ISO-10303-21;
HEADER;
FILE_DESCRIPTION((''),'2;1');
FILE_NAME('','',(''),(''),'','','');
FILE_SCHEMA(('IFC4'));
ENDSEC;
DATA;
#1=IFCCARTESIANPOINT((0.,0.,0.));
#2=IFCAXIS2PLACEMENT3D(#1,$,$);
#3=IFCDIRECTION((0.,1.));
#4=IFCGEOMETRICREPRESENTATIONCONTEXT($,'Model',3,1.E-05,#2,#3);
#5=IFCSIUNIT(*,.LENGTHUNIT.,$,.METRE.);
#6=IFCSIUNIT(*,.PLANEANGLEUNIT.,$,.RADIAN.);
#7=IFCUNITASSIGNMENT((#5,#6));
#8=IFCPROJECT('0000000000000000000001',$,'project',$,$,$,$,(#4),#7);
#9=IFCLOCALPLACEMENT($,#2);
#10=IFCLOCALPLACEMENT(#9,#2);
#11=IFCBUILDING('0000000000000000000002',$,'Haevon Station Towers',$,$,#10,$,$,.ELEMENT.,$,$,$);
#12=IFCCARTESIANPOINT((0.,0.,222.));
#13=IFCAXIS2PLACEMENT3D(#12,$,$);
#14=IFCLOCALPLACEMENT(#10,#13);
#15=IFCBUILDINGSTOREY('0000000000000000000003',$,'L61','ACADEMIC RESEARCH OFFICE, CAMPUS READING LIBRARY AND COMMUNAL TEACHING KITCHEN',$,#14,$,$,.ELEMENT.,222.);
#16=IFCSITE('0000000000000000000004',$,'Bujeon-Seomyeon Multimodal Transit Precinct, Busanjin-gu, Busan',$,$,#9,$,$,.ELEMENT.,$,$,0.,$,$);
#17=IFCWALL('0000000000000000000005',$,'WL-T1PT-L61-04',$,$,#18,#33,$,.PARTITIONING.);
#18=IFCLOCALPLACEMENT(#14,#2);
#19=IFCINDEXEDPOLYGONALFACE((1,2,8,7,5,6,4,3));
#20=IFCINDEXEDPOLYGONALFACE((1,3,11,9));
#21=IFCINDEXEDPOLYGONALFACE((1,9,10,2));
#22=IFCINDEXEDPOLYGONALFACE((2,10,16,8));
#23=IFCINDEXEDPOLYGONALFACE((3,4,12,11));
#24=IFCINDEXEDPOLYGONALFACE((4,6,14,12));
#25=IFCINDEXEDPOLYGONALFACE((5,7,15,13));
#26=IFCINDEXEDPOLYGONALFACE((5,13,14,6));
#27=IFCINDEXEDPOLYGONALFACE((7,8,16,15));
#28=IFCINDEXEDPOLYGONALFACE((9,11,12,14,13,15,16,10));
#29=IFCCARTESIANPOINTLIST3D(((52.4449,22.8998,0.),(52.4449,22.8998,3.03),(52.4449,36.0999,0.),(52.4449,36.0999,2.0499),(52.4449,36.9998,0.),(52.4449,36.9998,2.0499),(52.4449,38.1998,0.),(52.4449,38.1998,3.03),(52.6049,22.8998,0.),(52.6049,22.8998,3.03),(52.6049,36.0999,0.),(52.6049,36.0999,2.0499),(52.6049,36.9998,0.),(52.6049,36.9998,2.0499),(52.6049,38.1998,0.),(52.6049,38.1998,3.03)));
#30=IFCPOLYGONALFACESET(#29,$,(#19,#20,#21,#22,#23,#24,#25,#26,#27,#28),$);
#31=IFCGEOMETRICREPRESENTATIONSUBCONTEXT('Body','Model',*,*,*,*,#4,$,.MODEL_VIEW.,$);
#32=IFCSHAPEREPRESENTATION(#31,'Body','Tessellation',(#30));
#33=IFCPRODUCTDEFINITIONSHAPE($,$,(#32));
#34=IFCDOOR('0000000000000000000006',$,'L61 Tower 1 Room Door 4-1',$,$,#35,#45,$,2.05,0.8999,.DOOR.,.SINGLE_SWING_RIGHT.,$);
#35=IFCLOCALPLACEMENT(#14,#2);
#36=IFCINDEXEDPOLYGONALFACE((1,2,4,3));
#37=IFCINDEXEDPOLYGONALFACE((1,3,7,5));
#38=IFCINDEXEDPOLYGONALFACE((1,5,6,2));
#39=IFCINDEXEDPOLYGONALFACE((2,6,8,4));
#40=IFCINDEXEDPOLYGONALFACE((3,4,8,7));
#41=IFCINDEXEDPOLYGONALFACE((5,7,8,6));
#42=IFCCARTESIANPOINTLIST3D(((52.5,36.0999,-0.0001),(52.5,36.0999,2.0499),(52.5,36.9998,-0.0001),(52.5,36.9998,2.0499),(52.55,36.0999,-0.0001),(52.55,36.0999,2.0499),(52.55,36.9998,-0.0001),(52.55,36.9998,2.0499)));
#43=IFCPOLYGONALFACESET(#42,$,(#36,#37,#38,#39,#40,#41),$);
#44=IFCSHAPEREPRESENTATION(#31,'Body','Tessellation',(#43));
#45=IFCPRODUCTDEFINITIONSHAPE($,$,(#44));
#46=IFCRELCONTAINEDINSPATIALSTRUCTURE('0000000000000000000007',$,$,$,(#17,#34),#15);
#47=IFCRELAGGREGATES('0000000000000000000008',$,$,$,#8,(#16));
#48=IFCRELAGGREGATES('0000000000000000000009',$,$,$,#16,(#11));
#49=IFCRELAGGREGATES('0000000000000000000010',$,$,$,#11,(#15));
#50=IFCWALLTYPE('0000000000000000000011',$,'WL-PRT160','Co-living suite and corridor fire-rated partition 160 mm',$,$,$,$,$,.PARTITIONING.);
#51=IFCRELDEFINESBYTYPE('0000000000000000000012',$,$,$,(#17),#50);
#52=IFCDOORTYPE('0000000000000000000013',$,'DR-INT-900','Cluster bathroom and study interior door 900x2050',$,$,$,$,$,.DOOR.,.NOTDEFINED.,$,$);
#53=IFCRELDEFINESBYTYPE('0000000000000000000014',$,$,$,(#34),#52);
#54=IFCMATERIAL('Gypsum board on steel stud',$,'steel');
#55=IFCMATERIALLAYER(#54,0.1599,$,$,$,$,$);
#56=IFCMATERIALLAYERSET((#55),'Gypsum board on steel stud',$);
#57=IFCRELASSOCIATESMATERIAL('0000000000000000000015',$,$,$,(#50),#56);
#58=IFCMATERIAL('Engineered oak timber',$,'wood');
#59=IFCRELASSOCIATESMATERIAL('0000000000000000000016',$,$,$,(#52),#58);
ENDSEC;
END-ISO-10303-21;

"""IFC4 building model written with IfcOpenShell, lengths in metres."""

from ifc_helpers import new_model, si_unit, direction, frame, frame_2d, origin, place, context, subcontext, project, spatial, rectangle, extrude, material, layer, layer_set, type_object, element, fill, save


model = new_model("IFC4")

# Units and contexts
model_context = context("Model", 3, precision=1e-05, world=origin(), true_north=direction((0.0, 1.0)))
body_context = subcontext(model_context, "Body", "Model", "MODEL_VIEW")
ifc_project = project(units=[si_unit("LENGTHUNIT", "METRE"), si_unit("PLANEANGLEUNIT", "RADIAN")], contexts=[model_context])

# Site, building, storey
site_placement = place(None, origin())
site = spatial("IfcSite", under=ifc_project, at=site_placement, Name="Bujeon-Seomyeon Multimodal Transit Precinct, Busanjin-gu, Busan", CompositionType="ELEMENT", RefElevation=0.0)
building_placement = place(site_placement, origin())
building = spatial("IfcBuilding", under=site, at=building_placement, Name="Haevon Station Towers", CompositionType="ELEMENT")
storey_placement = place(building_placement, frame((0.0, 0.0, 222.0)))
storey = spatial("IfcBuildingStorey", under=building, at=storey_placement, Name="L61", Description="ACADEMIC RESEARCH OFFICE, CAMPUS READING LIBRARY AND COMMUNAL TEACHING KITCHEN", CompositionType="ELEMENT", Elevation=222.0)

# Shared definitions
ifc_material_1 = material(Name="Gypsum board on steel stud", Category="steel")
ifc_layer_1 = layer(ifc_material_1, 0.1599)
ifc_layer_set_1 = layer_set([ifc_layer_1], Name="Gypsum board on steel stud")
wall_type_1 = type_object("IfcWallType", Name="WL-PRT160", Description="Co-living suite and corridor fire-rated partition 160 mm", PredefinedType="PARTITIONING", material=ifc_layer_set_1)

# Wall, opening, door
wall_1_placement = place(storey_placement, frame((52.5249, 22.8999, 0.0), z_axis=(0.0, 0.0, 1.0), x_axis=(0.0, 1.0, 0.0)))
wall_1 = element("IfcWall", 1, at=wall_1_placement, inside=storey, type_object=wall_type_1, Name="WL-T1PT-L61-04", PredefinedType="PARTITIONING", context=body_context, shape_type="SweptSolid", body=[
    extrude(rectangle(XDim=15.3, YDim=0.1599, at=frame_2d((7.6499, 0.0))), origin(), (0.0, 0.0, 1.0), 3.03),
])
opening_1_placement = place(wall_1_placement, frame((13.2, 0.0, 0.0)))
opening_1 = element("IfcOpeningElement", 2, at=opening_1_placement, cuts=wall_1, PredefinedType="OPENING", context=body_context, shape_type="SweptSolid", body=[
    extrude(rectangle(XDim=0.8999, YDim=2.05, at=frame_2d((0.45, 1.0249))), frame((0.0, 0.0898, 0.0), z_axis=(0.0, -1.0, 0.0), x_axis=(1.0, 0.0, 0.0)), (0.0, 0.0, 1.0), 0.1799),
])
ifc_material_2 = material(Name="Engineered oak timber", Category="wood")
door_type = type_object("IfcDoorType", Name="DR-INT-900", Description="Cluster bathroom and study interior door 900x2050", OperationType="NOTDEFINED", PredefinedType="DOOR", material=ifc_material_2)
door_placement = place(opening_1_placement, origin())
door = element("IfcDoor", 3, at=door_placement, inside=storey, type_object=door_type, Name="L61 Tower 1 Room Door 4-1", OperationType="SINGLE_SWING_RIGHT", OverallHeight=2.05, OverallWidth=0.8999, PredefinedType="DOOR", context=body_context, shape_type="SweptSolid", body=[
    extrude(rectangle(XDim=0.8999, YDim=2.05, at=frame_2d((0.45, 1.0249))), frame((0.0, 0.0249, 0.0), z_axis=(0.0, -1.0, 0.0), x_axis=(1.0, 0.0, 0.0)), (0.0, 0.0, 1.0), 0.05),
])
fill(opening_1, door)

save(model, "model.ifc")
